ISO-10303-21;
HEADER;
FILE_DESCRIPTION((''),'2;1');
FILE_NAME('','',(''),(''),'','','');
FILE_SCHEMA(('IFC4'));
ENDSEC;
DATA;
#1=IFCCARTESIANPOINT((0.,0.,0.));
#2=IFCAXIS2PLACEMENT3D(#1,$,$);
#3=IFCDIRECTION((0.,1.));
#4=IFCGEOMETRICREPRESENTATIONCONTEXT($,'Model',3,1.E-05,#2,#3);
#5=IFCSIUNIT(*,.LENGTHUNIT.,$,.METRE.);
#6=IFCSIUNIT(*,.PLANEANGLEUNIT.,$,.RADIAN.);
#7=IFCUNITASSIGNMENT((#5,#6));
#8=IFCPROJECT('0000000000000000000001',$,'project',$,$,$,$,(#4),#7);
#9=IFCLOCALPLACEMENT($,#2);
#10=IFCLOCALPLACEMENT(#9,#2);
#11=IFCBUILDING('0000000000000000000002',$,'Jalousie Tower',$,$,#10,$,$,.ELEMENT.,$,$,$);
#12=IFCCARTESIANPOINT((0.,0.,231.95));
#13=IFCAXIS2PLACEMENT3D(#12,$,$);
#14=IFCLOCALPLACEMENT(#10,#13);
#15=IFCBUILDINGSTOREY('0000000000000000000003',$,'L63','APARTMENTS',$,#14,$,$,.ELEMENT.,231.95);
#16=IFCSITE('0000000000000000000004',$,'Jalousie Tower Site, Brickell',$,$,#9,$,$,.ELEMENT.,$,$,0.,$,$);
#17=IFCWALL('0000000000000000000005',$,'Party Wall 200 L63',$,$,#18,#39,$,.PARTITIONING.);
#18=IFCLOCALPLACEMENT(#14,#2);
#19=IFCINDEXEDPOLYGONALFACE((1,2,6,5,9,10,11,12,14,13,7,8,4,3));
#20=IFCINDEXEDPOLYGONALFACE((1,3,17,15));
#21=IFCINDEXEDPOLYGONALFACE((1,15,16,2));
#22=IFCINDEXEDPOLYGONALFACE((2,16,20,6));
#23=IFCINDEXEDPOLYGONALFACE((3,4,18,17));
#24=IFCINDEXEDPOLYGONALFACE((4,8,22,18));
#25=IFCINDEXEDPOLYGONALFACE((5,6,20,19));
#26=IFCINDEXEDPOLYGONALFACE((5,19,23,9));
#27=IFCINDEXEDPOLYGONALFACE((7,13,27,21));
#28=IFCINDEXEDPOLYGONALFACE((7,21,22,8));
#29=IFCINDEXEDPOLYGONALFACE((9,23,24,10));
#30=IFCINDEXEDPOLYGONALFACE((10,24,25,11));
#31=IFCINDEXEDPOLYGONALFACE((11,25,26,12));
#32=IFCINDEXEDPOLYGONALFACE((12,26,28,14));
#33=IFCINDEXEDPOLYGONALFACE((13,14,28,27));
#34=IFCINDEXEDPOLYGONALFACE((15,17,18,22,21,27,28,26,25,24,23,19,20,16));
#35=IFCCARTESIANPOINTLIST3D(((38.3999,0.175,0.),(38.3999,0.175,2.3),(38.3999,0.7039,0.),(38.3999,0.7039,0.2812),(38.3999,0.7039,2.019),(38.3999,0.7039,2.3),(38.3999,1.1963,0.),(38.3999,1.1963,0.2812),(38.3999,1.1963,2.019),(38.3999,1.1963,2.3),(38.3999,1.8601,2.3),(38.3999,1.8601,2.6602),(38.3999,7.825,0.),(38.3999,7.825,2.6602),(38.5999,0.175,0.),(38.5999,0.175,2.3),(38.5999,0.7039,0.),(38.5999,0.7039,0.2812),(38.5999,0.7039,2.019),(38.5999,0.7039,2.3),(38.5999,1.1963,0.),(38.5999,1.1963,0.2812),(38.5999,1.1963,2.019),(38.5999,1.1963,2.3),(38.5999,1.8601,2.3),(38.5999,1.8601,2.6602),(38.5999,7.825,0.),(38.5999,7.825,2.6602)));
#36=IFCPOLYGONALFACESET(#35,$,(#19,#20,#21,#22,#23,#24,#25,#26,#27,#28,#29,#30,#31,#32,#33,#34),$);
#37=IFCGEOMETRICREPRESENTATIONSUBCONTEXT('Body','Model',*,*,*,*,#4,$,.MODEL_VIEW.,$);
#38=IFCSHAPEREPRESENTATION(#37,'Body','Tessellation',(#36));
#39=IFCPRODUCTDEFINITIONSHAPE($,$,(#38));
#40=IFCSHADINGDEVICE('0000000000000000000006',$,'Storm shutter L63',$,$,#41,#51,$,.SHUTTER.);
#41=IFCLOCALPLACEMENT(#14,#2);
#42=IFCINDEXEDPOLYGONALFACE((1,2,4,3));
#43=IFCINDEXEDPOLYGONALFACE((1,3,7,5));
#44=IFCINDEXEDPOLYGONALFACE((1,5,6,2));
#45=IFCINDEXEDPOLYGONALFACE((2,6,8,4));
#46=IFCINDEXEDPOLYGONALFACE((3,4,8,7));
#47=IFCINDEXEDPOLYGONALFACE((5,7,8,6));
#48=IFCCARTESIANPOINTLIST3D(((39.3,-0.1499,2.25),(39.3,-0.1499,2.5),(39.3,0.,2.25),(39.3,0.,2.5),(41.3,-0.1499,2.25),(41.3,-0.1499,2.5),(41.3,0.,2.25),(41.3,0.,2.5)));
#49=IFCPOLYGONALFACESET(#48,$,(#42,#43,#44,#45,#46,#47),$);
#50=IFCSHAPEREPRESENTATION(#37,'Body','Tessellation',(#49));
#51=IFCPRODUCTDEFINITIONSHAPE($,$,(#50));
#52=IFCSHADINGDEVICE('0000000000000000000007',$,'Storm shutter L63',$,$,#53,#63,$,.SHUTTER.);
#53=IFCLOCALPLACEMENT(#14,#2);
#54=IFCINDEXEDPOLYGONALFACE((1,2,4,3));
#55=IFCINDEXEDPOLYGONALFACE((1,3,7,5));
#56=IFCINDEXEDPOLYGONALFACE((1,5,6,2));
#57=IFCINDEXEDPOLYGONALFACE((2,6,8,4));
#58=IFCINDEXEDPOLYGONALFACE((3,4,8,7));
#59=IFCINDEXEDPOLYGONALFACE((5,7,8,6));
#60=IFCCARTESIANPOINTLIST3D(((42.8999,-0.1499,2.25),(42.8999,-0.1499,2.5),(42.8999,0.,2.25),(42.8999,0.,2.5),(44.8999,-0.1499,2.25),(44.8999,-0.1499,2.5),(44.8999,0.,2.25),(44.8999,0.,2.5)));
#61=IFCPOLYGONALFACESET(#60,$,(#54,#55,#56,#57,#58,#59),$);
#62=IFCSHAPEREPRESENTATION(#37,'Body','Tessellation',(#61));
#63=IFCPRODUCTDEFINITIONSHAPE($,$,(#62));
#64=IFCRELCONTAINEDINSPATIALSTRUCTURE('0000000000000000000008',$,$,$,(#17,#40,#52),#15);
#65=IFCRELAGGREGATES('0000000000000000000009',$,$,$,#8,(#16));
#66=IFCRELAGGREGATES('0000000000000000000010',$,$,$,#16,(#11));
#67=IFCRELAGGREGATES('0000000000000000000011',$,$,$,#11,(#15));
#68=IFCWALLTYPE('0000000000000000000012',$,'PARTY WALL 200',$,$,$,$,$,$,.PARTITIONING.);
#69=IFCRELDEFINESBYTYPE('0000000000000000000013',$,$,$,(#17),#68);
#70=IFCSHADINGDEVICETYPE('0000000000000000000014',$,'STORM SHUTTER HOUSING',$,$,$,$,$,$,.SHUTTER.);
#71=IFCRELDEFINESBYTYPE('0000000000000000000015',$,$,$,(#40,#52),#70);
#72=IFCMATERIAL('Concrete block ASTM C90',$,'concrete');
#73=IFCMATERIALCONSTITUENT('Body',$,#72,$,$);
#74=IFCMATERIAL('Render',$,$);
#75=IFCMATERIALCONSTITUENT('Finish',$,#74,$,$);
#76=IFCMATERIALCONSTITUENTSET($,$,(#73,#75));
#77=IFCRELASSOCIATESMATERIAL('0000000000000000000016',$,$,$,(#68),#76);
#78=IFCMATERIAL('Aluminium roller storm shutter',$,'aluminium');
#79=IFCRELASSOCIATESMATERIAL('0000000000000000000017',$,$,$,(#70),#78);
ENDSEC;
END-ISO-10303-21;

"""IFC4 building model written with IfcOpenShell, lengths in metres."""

from ifc_helpers import new_model, si_unit, direction, frame, origin, origin_2d, place, context, subcontext, project, spatial, polyline, rectangle, outline, extrude, material, constituent, constituent_set, type_object, element, save


model = new_model("IFC4")

# Units and contexts
model_context = context("Model", 3, precision=1e-05, world=origin(), true_north=direction((0.0, 1.0)))
body_context = subcontext(model_context, "Body", "Model", "MODEL_VIEW")
ifc_project = project(units=[si_unit("LENGTHUNIT", "METRE"), si_unit("PLANEANGLEUNIT", "RADIAN")], contexts=[model_context])

# Site, building, storey
site_placement = place(None, origin())
site = spatial("IfcSite", under=ifc_project, at=site_placement, Name="Jalousie Tower Site, Brickell", CompositionType="ELEMENT", RefElevation=0.0)
building_placement = place(site_placement, origin())
building = spatial("IfcBuilding", under=site, at=building_placement, Name="Jalousie Tower", CompositionType="ELEMENT")
storey_placement = place(building_placement, frame((0.0, 0.0, 231.95)))
storey = spatial("IfcBuildingStorey", under=building, at=storey_placement, Name="L63", Description="APARTMENTS", CompositionType="ELEMENT", Elevation=231.95)

# Wall
ifc_material_1 = material(Name="Concrete block ASTM C90", Category="concrete")
ifc_constituent_1 = constituent(ifc_material_1, Name="Body")
ifc_material_2 = material(Name="Render")
ifc_constituent_2 = constituent(ifc_material_2, Name="Finish")
ifc_constituent_set_1 = constituent_set(constituents=[ifc_constituent_1, ifc_constituent_2])
wall_type_1 = type_object("IfcWallType", Name="PARTY WALL 200", PredefinedType="PARTITIONING", material=ifc_constituent_set_1)
wall_1_placement = place(storey_placement, frame((38.5, 0.175, 0.0), z_axis=(0.0, 0.0, 1.0), x_axis=(0.0, 1.0, 0.0)))
element("IfcWall", 1, at=wall_1_placement, inside=storey, type_object=wall_type_1, Name="Party Wall 200 L63", PredefinedType="PARTITIONING", context=body_context, shape_type="SweptSolid", body=[
    extrude(outline(polyline([(0.5288, 2.3), (0.0, 2.3), (0.0, 0.0), (0.5288, 0.0), (0.5288, 0.2812), (1.0212, 0.2812), (1.0212, 0.0), (7.6499, 0.0), (7.6499, 2.6602), (1.6851, 2.6602), (1.6851, 2.3), (1.0212, 2.3), (1.0212, 2.019), (0.5288, 2.019), (0.5288, 2.3)])), frame((0.0, 0.1001, 0.0), z_axis=(0.0, -1.0, 0.0), x_axis=(1.0, 0.0, 0.0)), (0.0, 0.0, 1.0), 0.2),
])

# Shading devices
ifc_material_3 = material(Name="Aluminium roller storm shutter", Category="aluminium")
shading_device_type = type_object("IfcShadingDeviceType", Name="STORM SHUTTER HOUSING", PredefinedType="SHUTTER", material=ifc_material_3)
for number, where, z_axis, x_axis, name in (
    (2, (40.3, -0.075, 2.25), (0.0, 0.0, 1.0), (1.0, 0.0, 0.0), "Storm shutter L63"),
    (3, (43.8999, -0.075, 2.25), (0.0, 0.0, 1.0), (1.0, 0.0, 0.0), "Storm shutter L63"),
):
    element("IfcShadingDevice", number, at=place(storey_placement, frame(where, z_axis=z_axis, x_axis=x_axis)), inside=storey, type_object=shading_device_type, Name=name, PredefinedType="SHUTTER", context=body_context, shape_type="SweptSolid", body=[
        extrude(rectangle(XDim=2.0, YDim=0.1499, at=origin_2d()), origin(), (0.0, 0.0, 1.0), 0.25),
    ])

save(model, "model.ifc")
